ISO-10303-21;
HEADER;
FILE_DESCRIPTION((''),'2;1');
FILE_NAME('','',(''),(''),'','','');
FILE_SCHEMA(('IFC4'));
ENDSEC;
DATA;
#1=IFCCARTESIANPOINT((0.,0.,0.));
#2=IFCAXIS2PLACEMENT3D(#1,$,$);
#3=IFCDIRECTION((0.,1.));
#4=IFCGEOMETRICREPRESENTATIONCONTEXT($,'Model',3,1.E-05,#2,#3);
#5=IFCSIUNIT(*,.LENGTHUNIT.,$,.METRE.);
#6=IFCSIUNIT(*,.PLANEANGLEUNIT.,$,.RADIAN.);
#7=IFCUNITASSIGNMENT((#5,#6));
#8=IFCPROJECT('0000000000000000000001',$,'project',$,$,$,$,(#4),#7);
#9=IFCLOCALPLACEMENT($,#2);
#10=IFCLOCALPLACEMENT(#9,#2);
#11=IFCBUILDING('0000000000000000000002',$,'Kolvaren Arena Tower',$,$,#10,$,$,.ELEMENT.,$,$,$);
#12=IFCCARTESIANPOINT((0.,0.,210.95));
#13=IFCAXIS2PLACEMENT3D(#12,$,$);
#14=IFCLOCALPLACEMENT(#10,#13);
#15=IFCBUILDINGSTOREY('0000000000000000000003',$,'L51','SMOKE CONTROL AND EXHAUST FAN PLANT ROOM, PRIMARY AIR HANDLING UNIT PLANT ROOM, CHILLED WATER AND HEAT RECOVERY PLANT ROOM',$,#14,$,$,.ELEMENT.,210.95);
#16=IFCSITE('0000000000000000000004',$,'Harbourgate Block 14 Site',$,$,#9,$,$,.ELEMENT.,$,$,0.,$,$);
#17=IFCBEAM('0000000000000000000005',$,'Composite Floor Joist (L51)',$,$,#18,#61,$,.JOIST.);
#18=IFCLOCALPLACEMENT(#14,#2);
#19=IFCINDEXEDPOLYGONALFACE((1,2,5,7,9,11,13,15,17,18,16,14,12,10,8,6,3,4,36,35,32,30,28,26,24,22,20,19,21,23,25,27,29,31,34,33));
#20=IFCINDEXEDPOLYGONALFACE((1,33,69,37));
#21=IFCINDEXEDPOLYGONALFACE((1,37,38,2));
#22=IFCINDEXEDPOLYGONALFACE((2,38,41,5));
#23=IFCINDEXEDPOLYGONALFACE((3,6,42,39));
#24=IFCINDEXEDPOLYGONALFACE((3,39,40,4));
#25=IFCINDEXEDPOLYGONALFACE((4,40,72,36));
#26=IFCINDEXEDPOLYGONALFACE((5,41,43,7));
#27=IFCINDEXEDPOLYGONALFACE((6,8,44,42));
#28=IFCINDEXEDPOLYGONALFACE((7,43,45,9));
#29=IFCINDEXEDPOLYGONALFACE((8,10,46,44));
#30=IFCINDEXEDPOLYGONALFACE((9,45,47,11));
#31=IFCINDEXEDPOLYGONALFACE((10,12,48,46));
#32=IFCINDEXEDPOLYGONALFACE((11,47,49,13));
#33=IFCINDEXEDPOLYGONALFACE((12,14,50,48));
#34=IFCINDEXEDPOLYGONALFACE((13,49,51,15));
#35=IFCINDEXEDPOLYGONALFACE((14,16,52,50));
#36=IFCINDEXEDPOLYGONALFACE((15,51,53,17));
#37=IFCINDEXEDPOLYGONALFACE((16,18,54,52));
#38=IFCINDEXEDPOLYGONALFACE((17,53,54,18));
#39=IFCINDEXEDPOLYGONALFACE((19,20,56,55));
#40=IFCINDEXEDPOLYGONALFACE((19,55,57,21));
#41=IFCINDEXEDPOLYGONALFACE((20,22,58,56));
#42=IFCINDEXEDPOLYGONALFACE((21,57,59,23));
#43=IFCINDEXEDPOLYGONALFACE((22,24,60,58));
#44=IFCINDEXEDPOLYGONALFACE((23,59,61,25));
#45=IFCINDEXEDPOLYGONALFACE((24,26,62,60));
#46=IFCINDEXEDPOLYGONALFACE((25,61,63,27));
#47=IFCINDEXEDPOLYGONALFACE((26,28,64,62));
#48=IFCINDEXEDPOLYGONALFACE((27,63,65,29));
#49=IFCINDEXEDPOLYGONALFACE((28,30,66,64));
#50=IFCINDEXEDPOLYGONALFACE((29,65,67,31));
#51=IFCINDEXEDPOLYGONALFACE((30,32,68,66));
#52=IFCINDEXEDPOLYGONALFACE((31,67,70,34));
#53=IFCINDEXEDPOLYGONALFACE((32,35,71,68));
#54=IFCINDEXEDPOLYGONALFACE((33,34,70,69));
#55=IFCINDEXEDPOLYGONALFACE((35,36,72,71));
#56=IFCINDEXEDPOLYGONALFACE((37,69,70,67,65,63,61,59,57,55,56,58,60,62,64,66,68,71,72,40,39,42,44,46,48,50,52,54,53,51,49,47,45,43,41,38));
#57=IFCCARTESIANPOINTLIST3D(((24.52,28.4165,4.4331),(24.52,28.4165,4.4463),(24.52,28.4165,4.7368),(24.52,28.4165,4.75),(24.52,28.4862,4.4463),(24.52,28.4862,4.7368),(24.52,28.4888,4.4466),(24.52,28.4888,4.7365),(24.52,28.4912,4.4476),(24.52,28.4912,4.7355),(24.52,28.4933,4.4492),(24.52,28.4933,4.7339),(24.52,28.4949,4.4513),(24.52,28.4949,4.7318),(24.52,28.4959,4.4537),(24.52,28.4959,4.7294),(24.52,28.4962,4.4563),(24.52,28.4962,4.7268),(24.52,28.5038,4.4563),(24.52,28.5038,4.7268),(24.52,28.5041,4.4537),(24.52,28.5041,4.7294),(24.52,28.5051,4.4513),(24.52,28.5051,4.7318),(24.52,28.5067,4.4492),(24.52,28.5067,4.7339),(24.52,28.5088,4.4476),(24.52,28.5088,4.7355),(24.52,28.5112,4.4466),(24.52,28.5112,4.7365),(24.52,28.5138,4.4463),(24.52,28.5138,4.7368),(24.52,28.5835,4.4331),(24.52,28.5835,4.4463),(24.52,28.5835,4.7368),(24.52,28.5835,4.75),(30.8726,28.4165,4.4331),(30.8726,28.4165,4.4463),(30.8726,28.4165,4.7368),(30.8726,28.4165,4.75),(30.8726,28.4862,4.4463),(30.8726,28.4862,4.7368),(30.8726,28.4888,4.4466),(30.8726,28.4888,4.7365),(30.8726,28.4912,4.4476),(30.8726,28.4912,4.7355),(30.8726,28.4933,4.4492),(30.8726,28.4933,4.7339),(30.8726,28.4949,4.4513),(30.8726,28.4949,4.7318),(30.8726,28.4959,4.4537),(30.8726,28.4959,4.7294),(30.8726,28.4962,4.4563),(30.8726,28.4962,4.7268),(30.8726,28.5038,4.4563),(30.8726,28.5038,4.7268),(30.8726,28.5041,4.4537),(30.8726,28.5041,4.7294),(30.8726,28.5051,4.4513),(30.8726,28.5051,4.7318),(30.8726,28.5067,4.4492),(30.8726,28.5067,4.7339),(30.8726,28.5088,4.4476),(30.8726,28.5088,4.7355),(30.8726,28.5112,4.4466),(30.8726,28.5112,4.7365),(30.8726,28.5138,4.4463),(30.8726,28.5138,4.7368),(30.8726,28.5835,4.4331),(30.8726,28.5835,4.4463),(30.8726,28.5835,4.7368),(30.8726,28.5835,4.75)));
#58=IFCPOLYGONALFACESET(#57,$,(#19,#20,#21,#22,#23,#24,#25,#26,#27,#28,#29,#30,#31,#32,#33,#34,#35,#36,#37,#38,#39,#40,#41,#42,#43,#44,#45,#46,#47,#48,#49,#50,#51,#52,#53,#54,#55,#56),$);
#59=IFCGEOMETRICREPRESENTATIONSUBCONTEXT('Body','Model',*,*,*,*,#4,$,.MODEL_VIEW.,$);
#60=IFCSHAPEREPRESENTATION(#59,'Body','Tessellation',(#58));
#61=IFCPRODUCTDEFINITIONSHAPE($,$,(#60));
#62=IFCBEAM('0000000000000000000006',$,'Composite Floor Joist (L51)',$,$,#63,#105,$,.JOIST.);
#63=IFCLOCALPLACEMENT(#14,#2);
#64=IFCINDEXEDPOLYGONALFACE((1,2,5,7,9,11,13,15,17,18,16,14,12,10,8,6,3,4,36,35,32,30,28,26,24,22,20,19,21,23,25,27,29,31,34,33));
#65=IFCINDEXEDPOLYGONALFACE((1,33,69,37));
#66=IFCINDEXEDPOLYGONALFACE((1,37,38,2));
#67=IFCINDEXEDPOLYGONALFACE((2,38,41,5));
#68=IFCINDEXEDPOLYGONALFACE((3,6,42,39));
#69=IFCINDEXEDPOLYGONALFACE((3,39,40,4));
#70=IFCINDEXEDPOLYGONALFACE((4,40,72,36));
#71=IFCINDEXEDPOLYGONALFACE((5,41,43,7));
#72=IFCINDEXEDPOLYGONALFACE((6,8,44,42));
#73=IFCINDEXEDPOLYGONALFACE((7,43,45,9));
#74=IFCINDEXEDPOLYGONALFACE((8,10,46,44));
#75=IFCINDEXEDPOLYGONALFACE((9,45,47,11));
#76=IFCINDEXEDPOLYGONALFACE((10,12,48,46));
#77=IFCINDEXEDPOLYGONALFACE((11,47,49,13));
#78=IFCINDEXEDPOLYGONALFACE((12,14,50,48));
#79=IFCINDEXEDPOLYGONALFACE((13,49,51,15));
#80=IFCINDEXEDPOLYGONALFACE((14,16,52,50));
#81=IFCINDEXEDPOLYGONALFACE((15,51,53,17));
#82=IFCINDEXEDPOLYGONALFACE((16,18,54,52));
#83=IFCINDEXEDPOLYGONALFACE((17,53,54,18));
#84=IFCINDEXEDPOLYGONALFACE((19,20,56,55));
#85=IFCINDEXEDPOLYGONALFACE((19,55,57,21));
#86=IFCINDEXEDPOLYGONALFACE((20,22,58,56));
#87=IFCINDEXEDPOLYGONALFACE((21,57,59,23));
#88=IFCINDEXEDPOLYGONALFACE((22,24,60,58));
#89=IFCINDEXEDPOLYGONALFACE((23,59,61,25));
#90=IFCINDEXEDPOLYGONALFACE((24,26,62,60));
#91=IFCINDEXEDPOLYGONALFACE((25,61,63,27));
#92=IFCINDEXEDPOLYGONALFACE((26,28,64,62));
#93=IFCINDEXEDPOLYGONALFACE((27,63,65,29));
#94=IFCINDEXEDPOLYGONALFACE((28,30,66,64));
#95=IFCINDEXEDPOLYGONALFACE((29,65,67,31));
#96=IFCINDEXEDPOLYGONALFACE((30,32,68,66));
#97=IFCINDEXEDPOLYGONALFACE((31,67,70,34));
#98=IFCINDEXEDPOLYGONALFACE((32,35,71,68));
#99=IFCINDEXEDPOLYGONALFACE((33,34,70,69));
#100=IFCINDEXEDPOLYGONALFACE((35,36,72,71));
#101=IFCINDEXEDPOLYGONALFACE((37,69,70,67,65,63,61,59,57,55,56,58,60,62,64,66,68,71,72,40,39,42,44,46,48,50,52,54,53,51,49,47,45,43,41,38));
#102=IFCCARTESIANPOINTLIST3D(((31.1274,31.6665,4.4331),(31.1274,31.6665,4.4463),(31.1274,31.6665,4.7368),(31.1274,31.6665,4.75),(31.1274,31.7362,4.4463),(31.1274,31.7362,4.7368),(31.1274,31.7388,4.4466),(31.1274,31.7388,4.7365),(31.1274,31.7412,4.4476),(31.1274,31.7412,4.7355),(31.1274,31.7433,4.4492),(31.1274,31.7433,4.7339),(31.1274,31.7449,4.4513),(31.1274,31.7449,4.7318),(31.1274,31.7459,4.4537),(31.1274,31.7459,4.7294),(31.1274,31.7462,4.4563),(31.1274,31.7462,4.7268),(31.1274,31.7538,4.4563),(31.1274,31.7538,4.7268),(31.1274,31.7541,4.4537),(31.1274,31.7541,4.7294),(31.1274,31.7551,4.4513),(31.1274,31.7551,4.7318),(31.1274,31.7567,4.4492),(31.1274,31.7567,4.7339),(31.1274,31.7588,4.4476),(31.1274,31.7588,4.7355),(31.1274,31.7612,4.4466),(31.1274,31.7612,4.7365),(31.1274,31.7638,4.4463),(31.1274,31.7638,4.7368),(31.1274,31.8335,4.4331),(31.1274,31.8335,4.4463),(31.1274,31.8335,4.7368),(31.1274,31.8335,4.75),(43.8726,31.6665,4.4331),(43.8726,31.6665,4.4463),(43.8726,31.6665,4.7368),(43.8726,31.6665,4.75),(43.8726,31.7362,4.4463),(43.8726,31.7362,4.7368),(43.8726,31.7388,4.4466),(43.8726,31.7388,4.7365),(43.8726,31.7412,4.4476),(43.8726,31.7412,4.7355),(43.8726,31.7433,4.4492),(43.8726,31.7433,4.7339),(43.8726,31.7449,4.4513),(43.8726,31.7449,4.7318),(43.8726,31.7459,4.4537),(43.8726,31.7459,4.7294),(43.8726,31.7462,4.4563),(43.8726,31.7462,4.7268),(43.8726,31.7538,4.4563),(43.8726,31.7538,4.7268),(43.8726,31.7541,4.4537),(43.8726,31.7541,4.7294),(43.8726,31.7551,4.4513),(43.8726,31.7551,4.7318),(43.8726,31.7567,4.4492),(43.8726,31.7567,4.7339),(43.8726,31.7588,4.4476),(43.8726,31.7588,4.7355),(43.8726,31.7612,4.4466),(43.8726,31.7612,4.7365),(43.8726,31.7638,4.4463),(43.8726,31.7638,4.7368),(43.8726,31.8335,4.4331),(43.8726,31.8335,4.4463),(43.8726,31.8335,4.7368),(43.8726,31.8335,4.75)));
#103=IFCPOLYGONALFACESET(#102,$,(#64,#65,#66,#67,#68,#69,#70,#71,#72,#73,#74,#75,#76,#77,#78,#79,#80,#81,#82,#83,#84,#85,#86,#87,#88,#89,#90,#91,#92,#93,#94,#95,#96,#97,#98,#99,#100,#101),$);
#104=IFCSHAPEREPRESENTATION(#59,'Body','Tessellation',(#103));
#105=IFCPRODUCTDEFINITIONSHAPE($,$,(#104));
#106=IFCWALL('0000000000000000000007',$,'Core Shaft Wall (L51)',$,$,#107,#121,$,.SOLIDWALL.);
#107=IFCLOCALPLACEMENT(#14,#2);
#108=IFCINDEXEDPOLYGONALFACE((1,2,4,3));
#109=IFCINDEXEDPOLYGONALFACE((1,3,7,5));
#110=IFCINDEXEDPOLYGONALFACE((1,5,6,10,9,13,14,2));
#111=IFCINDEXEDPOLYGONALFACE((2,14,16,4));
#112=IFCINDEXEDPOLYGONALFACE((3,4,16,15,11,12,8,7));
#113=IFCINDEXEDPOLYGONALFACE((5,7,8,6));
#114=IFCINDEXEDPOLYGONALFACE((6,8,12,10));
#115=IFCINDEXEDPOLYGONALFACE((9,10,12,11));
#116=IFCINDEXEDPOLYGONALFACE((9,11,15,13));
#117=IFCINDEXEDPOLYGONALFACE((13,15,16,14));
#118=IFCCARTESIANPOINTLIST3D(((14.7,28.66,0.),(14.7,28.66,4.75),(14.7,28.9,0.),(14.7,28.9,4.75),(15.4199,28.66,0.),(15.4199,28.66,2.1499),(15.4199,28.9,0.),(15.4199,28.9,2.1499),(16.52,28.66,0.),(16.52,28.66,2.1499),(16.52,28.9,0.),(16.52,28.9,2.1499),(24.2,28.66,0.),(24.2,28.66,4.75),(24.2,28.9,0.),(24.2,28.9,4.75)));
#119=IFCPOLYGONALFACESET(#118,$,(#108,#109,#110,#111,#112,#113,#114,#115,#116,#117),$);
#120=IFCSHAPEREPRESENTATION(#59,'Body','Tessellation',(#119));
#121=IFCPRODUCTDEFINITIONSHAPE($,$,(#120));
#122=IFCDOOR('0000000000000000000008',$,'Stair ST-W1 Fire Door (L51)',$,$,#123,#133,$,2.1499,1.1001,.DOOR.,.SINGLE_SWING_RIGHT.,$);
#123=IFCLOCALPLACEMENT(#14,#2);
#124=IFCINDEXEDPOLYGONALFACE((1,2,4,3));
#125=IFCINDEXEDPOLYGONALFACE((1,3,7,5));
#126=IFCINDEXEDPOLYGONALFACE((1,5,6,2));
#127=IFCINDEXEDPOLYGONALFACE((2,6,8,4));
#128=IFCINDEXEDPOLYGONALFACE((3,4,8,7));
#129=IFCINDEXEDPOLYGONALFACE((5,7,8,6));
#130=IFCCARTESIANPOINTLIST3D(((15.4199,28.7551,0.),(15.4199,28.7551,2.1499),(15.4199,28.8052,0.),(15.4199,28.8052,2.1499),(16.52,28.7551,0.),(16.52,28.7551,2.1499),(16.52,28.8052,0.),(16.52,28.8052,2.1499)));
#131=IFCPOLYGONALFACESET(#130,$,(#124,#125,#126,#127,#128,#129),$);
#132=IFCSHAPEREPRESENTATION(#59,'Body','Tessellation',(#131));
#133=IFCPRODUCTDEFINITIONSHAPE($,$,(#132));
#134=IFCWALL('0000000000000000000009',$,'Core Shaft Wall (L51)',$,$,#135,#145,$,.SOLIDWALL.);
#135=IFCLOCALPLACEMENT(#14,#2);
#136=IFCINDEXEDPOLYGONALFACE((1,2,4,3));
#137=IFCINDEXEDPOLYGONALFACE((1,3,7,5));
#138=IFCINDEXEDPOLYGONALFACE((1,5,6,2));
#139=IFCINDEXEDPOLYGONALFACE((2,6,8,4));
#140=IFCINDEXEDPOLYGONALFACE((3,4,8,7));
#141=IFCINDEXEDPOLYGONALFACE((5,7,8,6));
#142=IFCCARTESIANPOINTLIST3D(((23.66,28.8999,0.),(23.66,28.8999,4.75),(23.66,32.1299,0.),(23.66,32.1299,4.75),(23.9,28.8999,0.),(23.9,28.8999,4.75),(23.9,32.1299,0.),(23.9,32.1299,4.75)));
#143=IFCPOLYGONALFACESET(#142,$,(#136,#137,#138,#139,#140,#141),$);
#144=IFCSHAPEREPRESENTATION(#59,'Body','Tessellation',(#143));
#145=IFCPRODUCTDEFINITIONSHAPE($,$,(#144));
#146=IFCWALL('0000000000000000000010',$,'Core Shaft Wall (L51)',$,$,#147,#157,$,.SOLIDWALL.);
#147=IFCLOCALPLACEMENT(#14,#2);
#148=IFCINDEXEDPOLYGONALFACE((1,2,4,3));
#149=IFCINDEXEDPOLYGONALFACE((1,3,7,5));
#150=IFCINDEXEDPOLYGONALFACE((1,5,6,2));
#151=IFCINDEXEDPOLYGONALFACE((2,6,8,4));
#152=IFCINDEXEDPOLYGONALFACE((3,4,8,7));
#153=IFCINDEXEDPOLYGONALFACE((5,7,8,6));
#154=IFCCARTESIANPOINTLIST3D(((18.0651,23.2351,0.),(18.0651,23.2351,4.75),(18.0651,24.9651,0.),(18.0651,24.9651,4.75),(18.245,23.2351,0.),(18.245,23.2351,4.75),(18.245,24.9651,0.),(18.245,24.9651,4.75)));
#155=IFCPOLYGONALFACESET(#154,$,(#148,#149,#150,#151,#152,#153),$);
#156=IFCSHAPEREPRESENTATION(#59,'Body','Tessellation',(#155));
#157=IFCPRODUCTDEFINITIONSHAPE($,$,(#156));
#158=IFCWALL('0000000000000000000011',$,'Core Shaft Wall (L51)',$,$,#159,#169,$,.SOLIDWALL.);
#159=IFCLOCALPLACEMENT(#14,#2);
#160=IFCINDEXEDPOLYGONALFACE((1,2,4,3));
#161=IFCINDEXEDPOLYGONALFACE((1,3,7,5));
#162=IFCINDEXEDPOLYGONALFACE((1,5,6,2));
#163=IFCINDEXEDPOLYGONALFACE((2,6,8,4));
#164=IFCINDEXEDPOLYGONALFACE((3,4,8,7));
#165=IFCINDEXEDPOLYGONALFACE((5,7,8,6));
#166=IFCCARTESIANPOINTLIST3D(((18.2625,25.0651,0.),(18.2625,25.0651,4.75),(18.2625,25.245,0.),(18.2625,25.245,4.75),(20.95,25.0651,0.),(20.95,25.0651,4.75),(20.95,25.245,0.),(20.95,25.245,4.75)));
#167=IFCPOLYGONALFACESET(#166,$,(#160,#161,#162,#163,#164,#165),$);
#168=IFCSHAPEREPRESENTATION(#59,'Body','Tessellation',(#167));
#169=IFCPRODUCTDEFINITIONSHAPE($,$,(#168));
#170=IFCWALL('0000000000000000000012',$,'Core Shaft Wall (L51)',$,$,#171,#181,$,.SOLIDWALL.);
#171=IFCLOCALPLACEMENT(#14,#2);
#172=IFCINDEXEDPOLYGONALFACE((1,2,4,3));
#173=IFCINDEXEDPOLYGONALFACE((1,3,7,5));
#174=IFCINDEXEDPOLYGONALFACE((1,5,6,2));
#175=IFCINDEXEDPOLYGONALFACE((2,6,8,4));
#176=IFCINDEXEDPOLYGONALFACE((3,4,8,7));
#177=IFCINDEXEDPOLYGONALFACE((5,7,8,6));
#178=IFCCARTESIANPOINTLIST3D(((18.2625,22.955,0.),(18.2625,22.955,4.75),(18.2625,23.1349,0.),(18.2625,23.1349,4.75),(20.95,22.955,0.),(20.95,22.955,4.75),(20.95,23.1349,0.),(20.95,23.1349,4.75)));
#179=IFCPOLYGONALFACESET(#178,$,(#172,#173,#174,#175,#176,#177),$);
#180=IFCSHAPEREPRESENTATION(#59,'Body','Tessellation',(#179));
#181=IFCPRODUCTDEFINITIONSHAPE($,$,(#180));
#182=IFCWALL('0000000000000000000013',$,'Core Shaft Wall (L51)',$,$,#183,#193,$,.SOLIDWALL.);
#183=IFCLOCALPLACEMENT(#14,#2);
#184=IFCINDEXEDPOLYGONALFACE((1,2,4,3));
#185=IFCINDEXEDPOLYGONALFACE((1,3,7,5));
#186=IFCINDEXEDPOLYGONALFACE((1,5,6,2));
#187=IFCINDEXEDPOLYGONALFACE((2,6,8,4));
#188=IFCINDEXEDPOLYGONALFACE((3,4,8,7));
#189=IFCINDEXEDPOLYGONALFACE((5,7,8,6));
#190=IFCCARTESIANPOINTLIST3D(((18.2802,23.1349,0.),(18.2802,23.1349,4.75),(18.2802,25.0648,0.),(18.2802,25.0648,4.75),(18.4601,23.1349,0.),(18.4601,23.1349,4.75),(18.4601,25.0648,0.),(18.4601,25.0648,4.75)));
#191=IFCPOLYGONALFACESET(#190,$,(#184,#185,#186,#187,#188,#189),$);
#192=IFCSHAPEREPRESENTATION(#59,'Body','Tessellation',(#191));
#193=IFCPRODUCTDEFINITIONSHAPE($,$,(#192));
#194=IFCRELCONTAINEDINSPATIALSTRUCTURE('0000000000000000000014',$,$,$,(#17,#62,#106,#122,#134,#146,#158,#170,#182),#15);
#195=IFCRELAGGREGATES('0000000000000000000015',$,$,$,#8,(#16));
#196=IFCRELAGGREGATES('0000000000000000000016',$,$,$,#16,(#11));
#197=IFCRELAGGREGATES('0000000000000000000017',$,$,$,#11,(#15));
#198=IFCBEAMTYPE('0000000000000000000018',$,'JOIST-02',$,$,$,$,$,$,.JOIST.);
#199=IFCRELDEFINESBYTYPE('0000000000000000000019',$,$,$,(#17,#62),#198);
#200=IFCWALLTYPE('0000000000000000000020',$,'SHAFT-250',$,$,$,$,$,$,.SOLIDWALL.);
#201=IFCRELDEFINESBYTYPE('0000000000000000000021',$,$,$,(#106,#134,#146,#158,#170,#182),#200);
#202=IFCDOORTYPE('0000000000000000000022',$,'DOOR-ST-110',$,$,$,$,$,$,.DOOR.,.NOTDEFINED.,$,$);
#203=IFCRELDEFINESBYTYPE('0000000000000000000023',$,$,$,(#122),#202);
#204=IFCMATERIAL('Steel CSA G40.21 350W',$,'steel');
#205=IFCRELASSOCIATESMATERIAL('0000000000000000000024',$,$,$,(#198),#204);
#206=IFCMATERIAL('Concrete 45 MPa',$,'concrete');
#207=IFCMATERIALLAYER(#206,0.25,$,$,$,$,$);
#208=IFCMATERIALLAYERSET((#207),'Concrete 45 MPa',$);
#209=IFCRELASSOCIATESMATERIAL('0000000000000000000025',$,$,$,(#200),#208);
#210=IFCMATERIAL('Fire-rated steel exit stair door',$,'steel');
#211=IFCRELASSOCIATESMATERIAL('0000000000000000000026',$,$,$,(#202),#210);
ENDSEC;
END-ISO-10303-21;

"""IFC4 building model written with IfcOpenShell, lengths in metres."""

from ifc_helpers import new_model, si_unit, direction, frame, frame_2d, origin, origin_2d, place, context, subcontext, project, spatial, rectangle, i_section, extrude, material, layer, layer_set, material_profile, profile_set, type_object, element, fill, save


model = new_model("IFC4")

# Units and contexts
model_context = context("Model", 3, precision=1e-05, world=origin(), true_north=direction((0.0, 1.0)))
body_context = subcontext(model_context, "Body", "Model", "MODEL_VIEW")
ifc_project = project(units=[si_unit("LENGTHUNIT", "METRE"), si_unit("PLANEANGLEUNIT", "RADIAN")], contexts=[model_context])

# Site, building, storey
site_placement = place(None, origin())
site = spatial("IfcSite", under=ifc_project, at=site_placement, Name="Harbourgate Block 14 Site", CompositionType="ELEMENT", RefElevation=0.0)
building_placement = place(site_placement, origin())
building = spatial("IfcBuilding", under=site, at=building_placement, Name="Kolvaren Arena Tower", CompositionType="ELEMENT")
storey_placement = place(building_placement, frame((0.0, 0.0, 210.95)))
storey = spatial("IfcBuildingStorey", under=building, at=storey_placement, Name="L51", Description="SMOKE CONTROL AND EXHAUST FAN PLANT ROOM, PRIMARY AIR HANDLING UNIT PLANT ROOM, CHILLED WATER AND HEAT RECOVERY PLANT ROOM", CompositionType="ELEMENT", Elevation=210.95)

# Beams
ifc_material_1 = material(Name="Steel CSA G40.21 350W", Category="steel")
ifc_material_profile_1 = material_profile(ifc_material_1, i_section(OverallWidth=0.167, OverallDepth=0.3169, WebThickness=0.0076, FlangeThickness=0.0132, FilletRadius=0.01, at=origin_2d()), Name="W310x52")
ifc_profile_set_1 = profile_set([ifc_material_profile_1], Name="Steel CSA G40.21 350W")
beam_type_1 = type_object("IfcBeamType", Name="JOIST-02", PredefinedType="JOIST", material=ifc_profile_set_1)
beam_1_placement = place(storey_placement, frame((24.52, 28.5, 4.5916), z_axis=(1.0, 0.0, 0.0), x_axis=(0.0, 1.0, 0.0)))
element("IfcBeam", 1, at=beam_1_placement, inside=storey, type_object=beam_type_1, Name="Composite Floor Joist (L51)", PredefinedType="JOIST", context=body_context, shape_type="SweptSolid", body=[
    extrude(i_section(OverallWidth=0.167, OverallDepth=0.3169, WebThickness=0.0076, FlangeThickness=0.0132, FilletRadius=0.01, at=origin_2d()), origin(), (0.0, 0.0, 1.0), 6.3525),
])
beam_2_placement = place(storey_placement, frame((31.1274, 31.75, 4.5916), z_axis=(1.0, 0.0, 0.0), x_axis=(0.0, 1.0, 0.0)))
element("IfcBeam", 2, at=beam_2_placement, inside=storey, type_object=beam_type_1, Name="Composite Floor Joist (L51)", PredefinedType="JOIST", context=body_context, shape_type="SweptSolid", body=[
    extrude(i_section(OverallWidth=0.167, OverallDepth=0.3169, WebThickness=0.0076, FlangeThickness=0.0132, FilletRadius=0.01, at=origin_2d()), origin(), (0.0, 0.0, 1.0), 12.7451),
])

# Wall, opening, door
ifc_material_2 = material(Name="Concrete 45 MPa", Category="concrete")
ifc_layer = layer(ifc_material_2, 0.25)
ifc_layer_set = layer_set([ifc_layer], Name="Concrete 45 MPa")
wall_type = type_object("IfcWallType", Name="SHAFT-250", PredefinedType="SOLIDWALL", material=ifc_layer_set)
wall_1_placement = place(storey_placement, frame((24.2, 28.78, 0.0), z_axis=(0.0, 0.0, 1.0), x_axis=(-1.0, 0.0, 0.0)))
wall_1 = element("IfcWall", 3, at=wall_1_placement, inside=storey, type_object=wall_type, Name="Core Shaft Wall (L51)", PredefinedType="SOLIDWALL", context=body_context, shape_type="SweptSolid", body=[
    extrude(rectangle(XDim=9.5, YDim=0.24, at=frame_2d((4.75, 0.0))), origin(), (0.0, 0.0, 1.0), 4.75),
])
opening_placement = place(wall_1_placement, frame((7.6799, 0.0, 0.0)))
opening = element("IfcOpeningElement", 4, at=opening_placement, cuts=wall_1, PredefinedType="OPENING", context=body_context, shape_type="SweptSolid", body=[
    extrude(rectangle(XDim=1.1001, YDim=2.1499, at=frame_2d((0.55, 1.075))), frame((0.0, 0.1299, 0.0), z_axis=(0.0, -1.0, 0.0), x_axis=(1.0, 0.0, 0.0)), (0.0, 0.0, 1.0), 0.26),
])
ifc_material_3 = material(Name="Fire-rated steel exit stair door", Category="steel")
door_type = type_object("IfcDoorType", Name="DOOR-ST-110", OperationType="NOTDEFINED", PredefinedType="DOOR", material=ifc_material_3)
door_placement = place(opening_placement, origin())
door = element("IfcDoor", 5, at=door_placement, inside=storey, type_object=door_type, Name="Stair ST-W1 Fire Door (L51)", OperationType="SINGLE_SWING_RIGHT", OverallHeight=2.1499, OverallWidth=1.1001, PredefinedType="DOOR", context=body_context, shape_type="SweptSolid", body=[
    extrude(rectangle(XDim=1.1001, YDim=2.1499, at=frame_2d((0.55, 1.075))), frame((0.0, 0.0249, 0.0), z_axis=(0.0, -1.0, 0.0), x_axis=(1.0, 0.0, 0.0)), (0.0, 0.0, 1.0), 0.05),
])
fill(opening, door)

# Walls
wall_2_placement = place(storey_placement, frame((23.78, 28.8999, 0.0), z_axis=(0.0, 0.0, 1.0), x_axis=(0.0, 1.0, 0.0)))
element("IfcWall", 6, at=wall_2_placement, inside=storey, type_object=wall_type, Name="Core Shaft Wall (L51)", PredefinedType="SOLIDWALL", context=body_context, shape_type="SweptSolid", body=[
    extrude(rectangle(XDim=3.23, YDim=0.24, at=frame_2d((1.615, 0.0))), origin(), (0.0, 0.0, 1.0), 4.75),
])
wall_3_placement = place(storey_placement, frame((18.155, 23.2351, 0.0), z_axis=(0.0, 0.0, 1.0), x_axis=(0.0, 1.0, 0.0)))
element("IfcWall", 7, at=wall_3_placement, inside=storey, type_object=wall_type, Name="Core Shaft Wall (L51)", PredefinedType="SOLIDWALL", context=body_context, shape_type="SweptSolid", body=[
    extrude(rectangle(XDim=1.73, YDim=0.1799, at=frame_2d((0.865, 0.0))), origin(), (0.0, 0.0, 1.0), 4.75),
])
for number, where, z_axis, x_axis, name in (
    (8, (18.2625, 25.155, 0.0), (0.0, 0.0, 1.0), (1.0, 0.0, 0.0), "Core Shaft Wall (L51)"),
    (9, (18.2625, 23.0449, 0.0), (0.0, 0.0, 1.0), (1.0, 0.0, 0.0), "Core Shaft Wall (L51)"),
):
    element("IfcWall", number, at=place(storey_placement, frame(where, z_axis=z_axis, x_axis=x_axis)), inside=storey, type_object=wall_type, Name=name, PredefinedType="SOLIDWALL", context=body_context, shape_type="SweptSolid", body=[
        extrude(rectangle(XDim=2.6875, YDim=0.1799, at=frame_2d((1.3438, 0.0))), origin(), (0.0, 0.0, 1.0), 4.75),
    ])
for number, where, z_axis, x_axis, name in (
    (10, (18.3701, 23.135, 0.0), (0.0, 0.0, 1.0), (0.0, 1.0, 0.0), "Core Shaft Wall (L51)"),
):
    element("IfcWall", number, at=place(storey_placement, frame(where, z_axis=z_axis, x_axis=x_axis)), inside=storey, type_object=wall_type, Name=name, PredefinedType="SOLIDWALL", context=body_context, shape_type="SweptSolid", body=[
        extrude(rectangle(XDim=1.9299, YDim=0.1799, at=frame_2d((0.9648, 0.0))), origin(), (0.0, 0.0, 1.0), 4.75),
    ])

save(model, "model.ifc")
